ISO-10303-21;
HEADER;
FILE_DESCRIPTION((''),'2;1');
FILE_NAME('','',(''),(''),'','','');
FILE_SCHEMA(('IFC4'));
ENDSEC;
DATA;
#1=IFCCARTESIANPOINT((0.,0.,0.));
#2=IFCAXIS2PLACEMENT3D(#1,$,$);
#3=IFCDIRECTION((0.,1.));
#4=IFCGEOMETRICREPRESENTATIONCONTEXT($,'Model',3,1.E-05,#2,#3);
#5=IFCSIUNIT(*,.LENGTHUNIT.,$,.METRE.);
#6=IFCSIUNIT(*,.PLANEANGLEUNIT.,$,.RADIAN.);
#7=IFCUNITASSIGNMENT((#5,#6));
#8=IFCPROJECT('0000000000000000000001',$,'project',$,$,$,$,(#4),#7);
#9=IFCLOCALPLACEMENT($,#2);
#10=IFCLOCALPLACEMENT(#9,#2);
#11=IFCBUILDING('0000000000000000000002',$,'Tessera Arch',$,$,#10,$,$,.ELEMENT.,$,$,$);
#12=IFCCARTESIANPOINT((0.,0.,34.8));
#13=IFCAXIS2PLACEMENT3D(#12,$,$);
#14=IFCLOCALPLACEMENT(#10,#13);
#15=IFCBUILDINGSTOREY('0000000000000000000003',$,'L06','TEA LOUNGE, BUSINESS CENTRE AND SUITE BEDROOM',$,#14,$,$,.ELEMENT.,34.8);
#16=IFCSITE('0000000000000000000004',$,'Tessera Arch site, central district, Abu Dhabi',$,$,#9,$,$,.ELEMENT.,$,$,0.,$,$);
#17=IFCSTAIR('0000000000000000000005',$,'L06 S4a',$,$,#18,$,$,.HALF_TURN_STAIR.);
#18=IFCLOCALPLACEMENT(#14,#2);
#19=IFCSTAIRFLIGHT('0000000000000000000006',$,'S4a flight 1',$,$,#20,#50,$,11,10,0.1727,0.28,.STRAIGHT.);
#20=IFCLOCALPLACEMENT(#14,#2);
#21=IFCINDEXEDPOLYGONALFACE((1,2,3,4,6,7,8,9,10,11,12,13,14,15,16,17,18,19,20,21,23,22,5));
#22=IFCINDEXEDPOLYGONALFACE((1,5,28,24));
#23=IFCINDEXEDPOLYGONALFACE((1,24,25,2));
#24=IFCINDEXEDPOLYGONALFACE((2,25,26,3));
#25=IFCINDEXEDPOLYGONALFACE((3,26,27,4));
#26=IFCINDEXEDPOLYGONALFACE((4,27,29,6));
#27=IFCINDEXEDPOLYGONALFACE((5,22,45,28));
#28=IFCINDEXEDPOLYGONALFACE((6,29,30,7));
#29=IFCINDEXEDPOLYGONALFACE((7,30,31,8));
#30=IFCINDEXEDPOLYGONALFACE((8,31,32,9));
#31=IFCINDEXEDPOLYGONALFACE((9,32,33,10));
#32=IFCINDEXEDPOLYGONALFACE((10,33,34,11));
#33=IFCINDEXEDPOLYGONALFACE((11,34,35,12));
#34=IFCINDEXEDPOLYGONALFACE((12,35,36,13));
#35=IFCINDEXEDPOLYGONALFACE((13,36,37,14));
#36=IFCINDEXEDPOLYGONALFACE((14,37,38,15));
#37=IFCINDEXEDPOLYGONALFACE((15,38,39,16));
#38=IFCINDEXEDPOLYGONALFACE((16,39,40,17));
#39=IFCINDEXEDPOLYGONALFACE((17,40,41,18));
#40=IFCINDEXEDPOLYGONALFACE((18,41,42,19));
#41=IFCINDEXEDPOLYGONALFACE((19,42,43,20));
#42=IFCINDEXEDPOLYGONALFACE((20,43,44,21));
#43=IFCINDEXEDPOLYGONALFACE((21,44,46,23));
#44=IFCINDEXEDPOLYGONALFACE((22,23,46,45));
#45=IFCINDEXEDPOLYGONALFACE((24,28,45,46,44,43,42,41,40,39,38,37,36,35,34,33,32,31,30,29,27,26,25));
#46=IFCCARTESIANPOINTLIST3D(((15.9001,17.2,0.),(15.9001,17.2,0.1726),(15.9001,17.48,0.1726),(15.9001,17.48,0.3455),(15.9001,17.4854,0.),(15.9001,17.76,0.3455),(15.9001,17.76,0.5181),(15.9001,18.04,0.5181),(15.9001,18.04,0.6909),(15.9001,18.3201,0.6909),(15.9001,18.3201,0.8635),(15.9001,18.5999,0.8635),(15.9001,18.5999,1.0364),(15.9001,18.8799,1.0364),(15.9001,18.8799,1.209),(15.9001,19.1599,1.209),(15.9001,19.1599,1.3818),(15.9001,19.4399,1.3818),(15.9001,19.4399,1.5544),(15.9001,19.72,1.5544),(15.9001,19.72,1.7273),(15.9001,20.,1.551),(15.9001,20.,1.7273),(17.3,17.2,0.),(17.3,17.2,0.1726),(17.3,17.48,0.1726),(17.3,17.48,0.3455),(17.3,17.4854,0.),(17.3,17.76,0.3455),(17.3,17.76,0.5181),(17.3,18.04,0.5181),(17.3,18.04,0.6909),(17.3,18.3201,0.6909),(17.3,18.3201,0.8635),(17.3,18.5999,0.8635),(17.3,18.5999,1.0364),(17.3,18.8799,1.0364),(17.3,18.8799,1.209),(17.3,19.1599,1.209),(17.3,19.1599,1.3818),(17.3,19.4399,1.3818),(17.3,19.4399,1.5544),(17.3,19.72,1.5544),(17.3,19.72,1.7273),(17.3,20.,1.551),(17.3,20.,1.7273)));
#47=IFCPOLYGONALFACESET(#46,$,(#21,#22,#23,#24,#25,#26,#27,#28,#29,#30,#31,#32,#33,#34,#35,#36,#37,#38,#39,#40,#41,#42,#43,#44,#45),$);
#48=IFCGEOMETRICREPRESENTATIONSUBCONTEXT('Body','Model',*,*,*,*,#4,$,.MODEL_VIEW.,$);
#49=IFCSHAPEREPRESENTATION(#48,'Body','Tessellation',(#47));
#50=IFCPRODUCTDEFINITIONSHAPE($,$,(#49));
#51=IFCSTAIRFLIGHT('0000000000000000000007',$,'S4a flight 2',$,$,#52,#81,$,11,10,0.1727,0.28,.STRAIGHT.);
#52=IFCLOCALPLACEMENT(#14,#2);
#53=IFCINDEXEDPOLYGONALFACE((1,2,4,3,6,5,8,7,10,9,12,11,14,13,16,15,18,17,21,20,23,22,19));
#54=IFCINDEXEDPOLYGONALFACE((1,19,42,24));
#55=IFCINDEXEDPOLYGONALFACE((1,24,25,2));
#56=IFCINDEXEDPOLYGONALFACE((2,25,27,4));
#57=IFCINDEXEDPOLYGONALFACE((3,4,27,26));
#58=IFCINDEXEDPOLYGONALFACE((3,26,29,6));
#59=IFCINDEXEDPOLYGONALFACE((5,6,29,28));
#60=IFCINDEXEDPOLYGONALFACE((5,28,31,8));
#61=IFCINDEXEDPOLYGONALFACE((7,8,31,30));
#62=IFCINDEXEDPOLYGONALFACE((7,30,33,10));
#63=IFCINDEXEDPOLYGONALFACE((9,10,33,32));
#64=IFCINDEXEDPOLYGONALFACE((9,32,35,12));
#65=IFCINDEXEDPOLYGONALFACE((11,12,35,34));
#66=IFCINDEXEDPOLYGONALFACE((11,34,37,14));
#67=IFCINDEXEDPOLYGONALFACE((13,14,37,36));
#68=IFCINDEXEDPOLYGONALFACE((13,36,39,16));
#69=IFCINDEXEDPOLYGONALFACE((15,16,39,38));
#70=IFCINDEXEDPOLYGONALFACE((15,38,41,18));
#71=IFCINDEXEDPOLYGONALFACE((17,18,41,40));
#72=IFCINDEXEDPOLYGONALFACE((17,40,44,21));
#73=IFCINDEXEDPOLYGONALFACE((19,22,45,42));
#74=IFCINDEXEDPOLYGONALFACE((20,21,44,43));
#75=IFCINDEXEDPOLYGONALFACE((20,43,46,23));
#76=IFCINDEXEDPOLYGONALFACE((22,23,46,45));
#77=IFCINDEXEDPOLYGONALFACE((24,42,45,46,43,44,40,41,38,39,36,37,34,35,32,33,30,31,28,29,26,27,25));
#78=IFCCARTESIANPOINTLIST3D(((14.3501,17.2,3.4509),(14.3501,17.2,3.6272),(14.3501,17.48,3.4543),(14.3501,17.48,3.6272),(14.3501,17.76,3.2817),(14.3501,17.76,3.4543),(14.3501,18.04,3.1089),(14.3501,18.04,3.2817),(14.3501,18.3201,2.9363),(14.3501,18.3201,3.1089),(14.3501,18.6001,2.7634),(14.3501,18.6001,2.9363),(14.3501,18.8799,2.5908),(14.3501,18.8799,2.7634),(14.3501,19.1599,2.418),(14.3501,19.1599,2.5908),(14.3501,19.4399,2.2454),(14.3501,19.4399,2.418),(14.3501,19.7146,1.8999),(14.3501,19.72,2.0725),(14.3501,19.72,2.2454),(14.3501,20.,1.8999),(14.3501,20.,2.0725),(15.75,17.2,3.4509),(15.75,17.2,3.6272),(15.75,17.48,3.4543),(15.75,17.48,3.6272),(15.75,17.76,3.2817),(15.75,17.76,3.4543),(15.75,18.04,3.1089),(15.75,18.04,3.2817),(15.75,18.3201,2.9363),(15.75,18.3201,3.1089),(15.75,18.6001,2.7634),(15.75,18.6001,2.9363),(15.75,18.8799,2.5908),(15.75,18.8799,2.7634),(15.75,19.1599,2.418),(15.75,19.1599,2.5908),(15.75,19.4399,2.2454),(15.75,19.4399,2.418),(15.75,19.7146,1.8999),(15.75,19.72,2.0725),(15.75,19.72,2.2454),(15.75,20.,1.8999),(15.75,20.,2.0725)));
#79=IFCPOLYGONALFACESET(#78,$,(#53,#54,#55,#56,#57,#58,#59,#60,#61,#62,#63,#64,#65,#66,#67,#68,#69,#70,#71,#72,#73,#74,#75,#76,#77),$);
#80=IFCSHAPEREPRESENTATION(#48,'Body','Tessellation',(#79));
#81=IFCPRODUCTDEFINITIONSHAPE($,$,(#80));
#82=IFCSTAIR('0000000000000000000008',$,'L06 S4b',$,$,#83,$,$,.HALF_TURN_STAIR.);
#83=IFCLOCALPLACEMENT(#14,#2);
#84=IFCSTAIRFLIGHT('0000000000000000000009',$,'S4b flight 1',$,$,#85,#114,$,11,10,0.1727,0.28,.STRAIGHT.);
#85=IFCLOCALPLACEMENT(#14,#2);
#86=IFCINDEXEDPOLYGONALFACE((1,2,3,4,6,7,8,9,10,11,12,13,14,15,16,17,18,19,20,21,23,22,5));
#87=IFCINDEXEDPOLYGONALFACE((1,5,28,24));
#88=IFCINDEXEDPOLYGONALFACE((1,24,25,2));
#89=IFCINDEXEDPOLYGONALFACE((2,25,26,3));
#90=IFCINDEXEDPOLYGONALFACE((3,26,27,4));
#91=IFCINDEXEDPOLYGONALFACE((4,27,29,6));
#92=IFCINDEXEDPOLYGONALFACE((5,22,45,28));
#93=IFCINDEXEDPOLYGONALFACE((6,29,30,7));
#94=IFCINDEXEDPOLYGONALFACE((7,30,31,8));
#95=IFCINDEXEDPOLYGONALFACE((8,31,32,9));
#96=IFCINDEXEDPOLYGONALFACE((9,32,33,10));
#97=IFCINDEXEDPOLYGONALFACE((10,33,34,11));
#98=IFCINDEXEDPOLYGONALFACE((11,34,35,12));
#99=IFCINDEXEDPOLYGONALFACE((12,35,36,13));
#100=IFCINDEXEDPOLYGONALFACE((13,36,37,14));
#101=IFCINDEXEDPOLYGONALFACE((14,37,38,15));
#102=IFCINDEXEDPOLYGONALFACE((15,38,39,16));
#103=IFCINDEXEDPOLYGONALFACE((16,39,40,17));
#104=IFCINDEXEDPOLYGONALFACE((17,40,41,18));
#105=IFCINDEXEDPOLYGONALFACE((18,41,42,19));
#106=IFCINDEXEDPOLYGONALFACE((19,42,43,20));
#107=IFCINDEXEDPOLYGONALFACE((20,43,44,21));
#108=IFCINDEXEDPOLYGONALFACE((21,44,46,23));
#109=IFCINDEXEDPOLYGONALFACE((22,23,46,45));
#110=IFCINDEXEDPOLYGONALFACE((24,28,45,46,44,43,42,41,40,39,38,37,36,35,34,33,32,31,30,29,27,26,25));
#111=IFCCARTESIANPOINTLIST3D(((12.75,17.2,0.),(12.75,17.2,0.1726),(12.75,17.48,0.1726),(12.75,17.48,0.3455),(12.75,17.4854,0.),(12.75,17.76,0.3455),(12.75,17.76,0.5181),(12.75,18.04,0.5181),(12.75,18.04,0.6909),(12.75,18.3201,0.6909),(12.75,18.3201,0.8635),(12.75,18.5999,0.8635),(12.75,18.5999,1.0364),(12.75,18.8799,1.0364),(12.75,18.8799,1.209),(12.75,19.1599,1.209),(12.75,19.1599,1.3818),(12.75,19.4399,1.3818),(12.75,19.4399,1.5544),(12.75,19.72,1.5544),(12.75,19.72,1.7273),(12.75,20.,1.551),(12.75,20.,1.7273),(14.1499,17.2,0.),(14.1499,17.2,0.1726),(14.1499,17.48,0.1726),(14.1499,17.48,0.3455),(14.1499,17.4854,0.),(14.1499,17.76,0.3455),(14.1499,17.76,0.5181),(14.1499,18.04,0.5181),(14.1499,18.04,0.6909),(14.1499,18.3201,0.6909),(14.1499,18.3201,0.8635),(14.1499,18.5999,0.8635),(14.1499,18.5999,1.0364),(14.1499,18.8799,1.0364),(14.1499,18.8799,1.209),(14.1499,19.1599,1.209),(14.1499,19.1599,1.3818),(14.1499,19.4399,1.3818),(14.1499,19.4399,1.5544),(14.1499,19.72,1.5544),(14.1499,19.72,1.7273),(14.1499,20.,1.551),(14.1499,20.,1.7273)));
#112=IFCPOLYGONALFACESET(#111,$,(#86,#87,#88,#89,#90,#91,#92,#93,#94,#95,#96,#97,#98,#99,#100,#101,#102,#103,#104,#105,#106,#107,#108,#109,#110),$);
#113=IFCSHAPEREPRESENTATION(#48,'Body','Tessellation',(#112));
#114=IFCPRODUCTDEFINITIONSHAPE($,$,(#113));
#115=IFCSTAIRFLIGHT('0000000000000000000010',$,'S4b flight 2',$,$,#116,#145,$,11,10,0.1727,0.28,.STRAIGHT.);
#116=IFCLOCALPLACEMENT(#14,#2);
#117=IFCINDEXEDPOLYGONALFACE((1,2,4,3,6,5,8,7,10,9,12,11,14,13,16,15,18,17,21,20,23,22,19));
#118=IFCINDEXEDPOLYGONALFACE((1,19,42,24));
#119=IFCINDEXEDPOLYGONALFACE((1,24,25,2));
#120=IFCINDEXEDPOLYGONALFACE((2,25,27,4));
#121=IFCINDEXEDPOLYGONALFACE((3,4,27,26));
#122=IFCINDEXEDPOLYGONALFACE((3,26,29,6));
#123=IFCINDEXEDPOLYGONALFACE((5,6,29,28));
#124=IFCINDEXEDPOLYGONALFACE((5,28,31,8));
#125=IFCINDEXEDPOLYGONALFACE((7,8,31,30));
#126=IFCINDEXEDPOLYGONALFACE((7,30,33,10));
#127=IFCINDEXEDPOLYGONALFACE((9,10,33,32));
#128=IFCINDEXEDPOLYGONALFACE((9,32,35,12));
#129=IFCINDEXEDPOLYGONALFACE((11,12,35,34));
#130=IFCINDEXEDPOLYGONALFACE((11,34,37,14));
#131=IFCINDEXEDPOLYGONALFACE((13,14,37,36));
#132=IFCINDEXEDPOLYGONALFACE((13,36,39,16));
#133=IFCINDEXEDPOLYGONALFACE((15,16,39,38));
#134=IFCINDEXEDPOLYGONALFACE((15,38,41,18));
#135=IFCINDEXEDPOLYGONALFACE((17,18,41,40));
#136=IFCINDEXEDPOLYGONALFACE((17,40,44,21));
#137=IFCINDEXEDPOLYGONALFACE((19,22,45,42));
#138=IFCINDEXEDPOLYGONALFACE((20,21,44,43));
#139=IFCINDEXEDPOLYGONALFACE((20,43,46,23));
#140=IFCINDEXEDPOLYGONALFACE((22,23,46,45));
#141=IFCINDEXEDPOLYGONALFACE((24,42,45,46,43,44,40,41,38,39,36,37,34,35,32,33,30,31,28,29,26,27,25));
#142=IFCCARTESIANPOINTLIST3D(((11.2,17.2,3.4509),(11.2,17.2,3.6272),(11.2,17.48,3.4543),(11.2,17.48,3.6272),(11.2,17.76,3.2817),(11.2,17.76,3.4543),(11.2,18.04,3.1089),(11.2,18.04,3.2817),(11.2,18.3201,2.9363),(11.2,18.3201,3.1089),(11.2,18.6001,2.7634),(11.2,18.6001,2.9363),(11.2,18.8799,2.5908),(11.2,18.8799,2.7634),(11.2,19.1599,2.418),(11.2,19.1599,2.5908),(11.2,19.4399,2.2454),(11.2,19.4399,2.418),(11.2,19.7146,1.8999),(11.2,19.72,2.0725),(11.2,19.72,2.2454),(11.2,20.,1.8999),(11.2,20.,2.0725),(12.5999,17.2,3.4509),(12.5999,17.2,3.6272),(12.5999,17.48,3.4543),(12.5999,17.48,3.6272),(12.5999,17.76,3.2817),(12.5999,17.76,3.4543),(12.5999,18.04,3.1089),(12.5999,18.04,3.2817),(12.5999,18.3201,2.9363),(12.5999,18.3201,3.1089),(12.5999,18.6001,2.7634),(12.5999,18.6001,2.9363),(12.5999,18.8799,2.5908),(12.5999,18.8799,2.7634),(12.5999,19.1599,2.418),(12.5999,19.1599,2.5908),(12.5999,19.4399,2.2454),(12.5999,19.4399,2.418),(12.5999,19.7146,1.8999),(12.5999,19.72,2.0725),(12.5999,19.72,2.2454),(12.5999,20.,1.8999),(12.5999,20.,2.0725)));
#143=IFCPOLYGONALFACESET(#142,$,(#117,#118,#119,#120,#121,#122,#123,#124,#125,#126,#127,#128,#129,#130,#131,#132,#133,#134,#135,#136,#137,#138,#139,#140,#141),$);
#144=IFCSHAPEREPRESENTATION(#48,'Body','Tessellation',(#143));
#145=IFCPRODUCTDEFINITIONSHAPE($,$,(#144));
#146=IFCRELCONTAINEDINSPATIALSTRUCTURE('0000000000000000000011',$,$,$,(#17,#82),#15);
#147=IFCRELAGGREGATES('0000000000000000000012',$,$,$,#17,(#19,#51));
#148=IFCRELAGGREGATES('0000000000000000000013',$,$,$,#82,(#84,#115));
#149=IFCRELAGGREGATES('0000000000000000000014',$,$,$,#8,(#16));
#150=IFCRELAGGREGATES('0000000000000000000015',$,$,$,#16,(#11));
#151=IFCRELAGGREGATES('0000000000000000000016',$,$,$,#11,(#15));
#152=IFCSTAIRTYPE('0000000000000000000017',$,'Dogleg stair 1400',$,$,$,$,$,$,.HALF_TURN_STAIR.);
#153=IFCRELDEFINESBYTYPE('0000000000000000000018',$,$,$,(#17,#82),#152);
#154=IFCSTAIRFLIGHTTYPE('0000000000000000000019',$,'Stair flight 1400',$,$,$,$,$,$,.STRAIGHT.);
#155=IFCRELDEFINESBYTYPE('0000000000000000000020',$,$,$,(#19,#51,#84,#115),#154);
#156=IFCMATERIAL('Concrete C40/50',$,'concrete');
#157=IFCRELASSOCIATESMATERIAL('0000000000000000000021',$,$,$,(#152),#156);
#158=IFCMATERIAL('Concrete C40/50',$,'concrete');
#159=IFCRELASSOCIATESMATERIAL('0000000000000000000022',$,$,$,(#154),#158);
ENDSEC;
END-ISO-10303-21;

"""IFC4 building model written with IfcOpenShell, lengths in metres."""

from ifc_helpers import new_model, si_unit, direction, frame, origin, place, context, subcontext, project, spatial, polyline, outline, extrude, material, type_object, element, aggregate, save


model = new_model("IFC4")

# Units and contexts
model_context = context("Model", 3, precision=1e-05, world=origin(), true_north=direction((0.0, 1.0)))
body_context = subcontext(model_context, "Body", "Model", "MODEL_VIEW")
ifc_project = project(units=[si_unit("LENGTHUNIT", "METRE"), si_unit("PLANEANGLEUNIT", "RADIAN")], contexts=[model_context])

# Site, building, storey
site_placement = place(None, origin())
site = spatial("IfcSite", under=ifc_project, at=site_placement, Name="Tessera Arch site, central district, Abu Dhabi", CompositionType="ELEMENT", RefElevation=0.0)
building_placement = place(site_placement, origin())
building = spatial("IfcBuilding", under=site, at=building_placement, Name="Tessera Arch", CompositionType="ELEMENT")
storey_placement = place(building_placement, frame((0.0, 0.0, 34.8)))
storey = spatial("IfcBuildingStorey", under=building, at=storey_placement, Name="L06", Description="TEA LOUNGE, BUSINESS CENTRE AND SUITE BEDROOM", CompositionType="ELEMENT", Elevation=34.8)

# Stairs, stair flights
ifc_material_1 = material(Name="Concrete C40/50", Category="concrete")
stair_type = type_object("IfcStairType", Name="Dogleg stair 1400", PredefinedType="HALF_TURN_STAIR", material=ifc_material_1)
stair_1_placement = place(storey_placement, origin())
stair_1 = element("IfcStair", 1, at=stair_1_placement, inside=storey, type_object=stair_type, Name="L06 S4a", PredefinedType="HALF_TURN_STAIR")
ifc_material_2 = material(Name="Concrete C40/50", Category="concrete")
stair_flight_type = type_object("IfcStairFlightType", Name="Stair flight 1400", PredefinedType="STRAIGHT", material=ifc_material_2)
stair_flight_1_placement = place(storey_placement, frame((16.6001, 17.2, 0.0), z_axis=(0.0, 0.0, 1.0), x_axis=(0.0, 1.0, 0.0)))
stair_flight_1 = element("IfcStairFlight", 2, at=stair_flight_1_placement, type_object=stair_flight_type, Name="S4a flight 1", NumberOfRisers=11, NumberOfTreads=10, PredefinedType="STRAIGHT", RiserHeight=0.1727, TreadLength=0.28, context=body_context, shape_type="SweptSolid", body=[
    extrude(outline(polyline([(0.0, 0.0), (0.0, 0.1726), (0.28, 0.1726), (0.28, 0.3455), (0.5601, 0.3455), (0.5601, 0.5181), (0.8401, 0.5181), (0.8401, 0.6909), (1.1201, 0.6909), (1.1201, 0.8635), (1.3999, 0.8635), (1.3999, 1.0364), (1.6799, 1.0364), (1.6799, 1.209), (1.96, 1.209), (1.96, 1.3818), (2.24, 1.3818), (2.24, 1.5544), (2.52, 1.5544), (2.52, 1.7273), (2.8, 1.7273), (2.8, 1.8999), (2.8, 1.551), (0.2854, 0.0), (0.0, 0.0)])), frame((0.0, 0.7, 0.0), z_axis=(0.0, -1.0, 0.0), x_axis=(1.0, 0.0, 0.0)), (0.0, 0.0, 1.0), 1.3999),
])
stair_flight_2_placement = place(storey_placement, frame((15.05, 20.0, 1.8999), z_axis=(0.0, 0.0, 1.0), x_axis=(0.0, -1.0, 0.0)))
stair_flight_2 = element("IfcStairFlight", 3, at=stair_flight_2_placement, type_object=stair_flight_type, Name="S4a flight 2", NumberOfRisers=11, NumberOfTreads=10, PredefinedType="STRAIGHT", RiserHeight=0.1727, TreadLength=0.28, context=body_context, shape_type="SweptSolid", body=[
    extrude(outline(polyline([(0.0, 0.0), (0.0, 0.1726), (0.28, 0.1726), (0.28, 0.3455), (0.5601, 0.3455), (0.5601, 0.5181), (0.8401, 0.5181), (0.8401, 0.6909), (1.1201, 0.6909), (1.1201, 0.8635), (1.3999, 0.8635), (1.3999, 1.0364), (1.6799, 1.0364), (1.6799, 1.209), (1.96, 1.209), (1.96, 1.3818), (2.24, 1.3818), (2.24, 1.5544), (2.52, 1.5544), (2.52, 1.7273), (2.8, 1.7273), (2.8, 1.8999), (2.8, 1.551), (0.2854, 0.0), (0.0, 0.0)])), frame((0.0, 0.7, 0.0), z_axis=(0.0, -1.0, 0.0), x_axis=(1.0, 0.0, 0.0)), (0.0, 0.0, 1.0), 1.3999),
])
aggregate(stair_1, [stair_flight_1, stair_flight_2])
stair_2_placement = place(storey_placement, origin())
stair_2 = element("IfcStair", 4, at=stair_2_placement, inside=storey, type_object=stair_type, Name="L06 S4b", PredefinedType="HALF_TURN_STAIR")
stair_flight_3_placement = place(storey_placement, frame((13.45, 17.2, 0.0), z_axis=(0.0, 0.0, 1.0), x_axis=(0.0, 1.0, 0.0)))
stair_flight_3 = element("IfcStairFlight", 5, at=stair_flight_3_placement, type_object=stair_flight_type, Name="S4b flight 1", NumberOfRisers=11, NumberOfTreads=10, PredefinedType="STRAIGHT", RiserHeight=0.1727, TreadLength=0.28, context=body_context, shape_type="SweptSolid", body=[
    extrude(outline(polyline([(0.0, 0.0), (0.0, 0.1726), (0.28, 0.1726), (0.28, 0.3455), (0.5601, 0.3455), (0.5601, 0.5181), (0.8401, 0.5181), (0.8401, 0.6909), (1.1201, 0.6909), (1.1201, 0.8635), (1.3999, 0.8635), (1.3999, 1.0364), (1.6799, 1.0364), (1.6799, 1.209), (1.96, 1.209), (1.96, 1.3818), (2.24, 1.3818), (2.24, 1.5544), (2.52, 1.5544), (2.52, 1.7273), (2.8, 1.7273), (2.8, 1.8999), (2.8, 1.551), (0.2854, 0.0), (0.0, 0.0)])), frame((0.0, 0.7, 0.0), z_axis=(0.0, -1.0, 0.0), x_axis=(1.0, 0.0, 0.0)), (0.0, 0.0, 1.0), 1.3999),
])
stair_flight_4_placement = place(storey_placement, frame((11.8999, 20.0, 1.8999), z_axis=(0.0, 0.0, 1.0), x_axis=(0.0, -1.0, 0.0)))
stair_flight_4 = element("IfcStairFlight", 6, at=stair_flight_4_placement, type_object=stair_flight_type, Name="S4b flight 2", NumberOfRisers=11, NumberOfTreads=10, PredefinedType="STRAIGHT", RiserHeight=0.1727, TreadLength=0.28, context=body_context, shape_type="SweptSolid", body=[
    extrude(outline(polyline([(0.0, 0.0), (0.0, 0.1726), (0.28, 0.1726), (0.28, 0.3455), (0.5601, 0.3455), (0.5601, 0.5181), (0.8401, 0.5181), (0.8401, 0.6909), (1.1201, 0.6909), (1.1201, 0.8635), (1.3999, 0.8635), (1.3999, 1.0364), (1.6799, 1.0364), (1.6799, 1.209), (1.96, 1.209), (1.96, 1.3818), (2.24, 1.3818), (2.24, 1.5544), (2.52, 1.5544), (2.52, 1.7273), (2.8, 1.7273), (2.8, 1.8999), (2.8, 1.551), (0.2854, 0.0), (0.0, 0.0)])), frame((0.0, 0.7, 0.0), z_axis=(0.0, -1.0, 0.0), x_axis=(1.0, 0.0, 0.0)), (0.0, 0.0, 1.0), 1.3999),
])
aggregate(stair_2, [stair_flight_3, stair_flight_4])

save(model, "model.ifc")
